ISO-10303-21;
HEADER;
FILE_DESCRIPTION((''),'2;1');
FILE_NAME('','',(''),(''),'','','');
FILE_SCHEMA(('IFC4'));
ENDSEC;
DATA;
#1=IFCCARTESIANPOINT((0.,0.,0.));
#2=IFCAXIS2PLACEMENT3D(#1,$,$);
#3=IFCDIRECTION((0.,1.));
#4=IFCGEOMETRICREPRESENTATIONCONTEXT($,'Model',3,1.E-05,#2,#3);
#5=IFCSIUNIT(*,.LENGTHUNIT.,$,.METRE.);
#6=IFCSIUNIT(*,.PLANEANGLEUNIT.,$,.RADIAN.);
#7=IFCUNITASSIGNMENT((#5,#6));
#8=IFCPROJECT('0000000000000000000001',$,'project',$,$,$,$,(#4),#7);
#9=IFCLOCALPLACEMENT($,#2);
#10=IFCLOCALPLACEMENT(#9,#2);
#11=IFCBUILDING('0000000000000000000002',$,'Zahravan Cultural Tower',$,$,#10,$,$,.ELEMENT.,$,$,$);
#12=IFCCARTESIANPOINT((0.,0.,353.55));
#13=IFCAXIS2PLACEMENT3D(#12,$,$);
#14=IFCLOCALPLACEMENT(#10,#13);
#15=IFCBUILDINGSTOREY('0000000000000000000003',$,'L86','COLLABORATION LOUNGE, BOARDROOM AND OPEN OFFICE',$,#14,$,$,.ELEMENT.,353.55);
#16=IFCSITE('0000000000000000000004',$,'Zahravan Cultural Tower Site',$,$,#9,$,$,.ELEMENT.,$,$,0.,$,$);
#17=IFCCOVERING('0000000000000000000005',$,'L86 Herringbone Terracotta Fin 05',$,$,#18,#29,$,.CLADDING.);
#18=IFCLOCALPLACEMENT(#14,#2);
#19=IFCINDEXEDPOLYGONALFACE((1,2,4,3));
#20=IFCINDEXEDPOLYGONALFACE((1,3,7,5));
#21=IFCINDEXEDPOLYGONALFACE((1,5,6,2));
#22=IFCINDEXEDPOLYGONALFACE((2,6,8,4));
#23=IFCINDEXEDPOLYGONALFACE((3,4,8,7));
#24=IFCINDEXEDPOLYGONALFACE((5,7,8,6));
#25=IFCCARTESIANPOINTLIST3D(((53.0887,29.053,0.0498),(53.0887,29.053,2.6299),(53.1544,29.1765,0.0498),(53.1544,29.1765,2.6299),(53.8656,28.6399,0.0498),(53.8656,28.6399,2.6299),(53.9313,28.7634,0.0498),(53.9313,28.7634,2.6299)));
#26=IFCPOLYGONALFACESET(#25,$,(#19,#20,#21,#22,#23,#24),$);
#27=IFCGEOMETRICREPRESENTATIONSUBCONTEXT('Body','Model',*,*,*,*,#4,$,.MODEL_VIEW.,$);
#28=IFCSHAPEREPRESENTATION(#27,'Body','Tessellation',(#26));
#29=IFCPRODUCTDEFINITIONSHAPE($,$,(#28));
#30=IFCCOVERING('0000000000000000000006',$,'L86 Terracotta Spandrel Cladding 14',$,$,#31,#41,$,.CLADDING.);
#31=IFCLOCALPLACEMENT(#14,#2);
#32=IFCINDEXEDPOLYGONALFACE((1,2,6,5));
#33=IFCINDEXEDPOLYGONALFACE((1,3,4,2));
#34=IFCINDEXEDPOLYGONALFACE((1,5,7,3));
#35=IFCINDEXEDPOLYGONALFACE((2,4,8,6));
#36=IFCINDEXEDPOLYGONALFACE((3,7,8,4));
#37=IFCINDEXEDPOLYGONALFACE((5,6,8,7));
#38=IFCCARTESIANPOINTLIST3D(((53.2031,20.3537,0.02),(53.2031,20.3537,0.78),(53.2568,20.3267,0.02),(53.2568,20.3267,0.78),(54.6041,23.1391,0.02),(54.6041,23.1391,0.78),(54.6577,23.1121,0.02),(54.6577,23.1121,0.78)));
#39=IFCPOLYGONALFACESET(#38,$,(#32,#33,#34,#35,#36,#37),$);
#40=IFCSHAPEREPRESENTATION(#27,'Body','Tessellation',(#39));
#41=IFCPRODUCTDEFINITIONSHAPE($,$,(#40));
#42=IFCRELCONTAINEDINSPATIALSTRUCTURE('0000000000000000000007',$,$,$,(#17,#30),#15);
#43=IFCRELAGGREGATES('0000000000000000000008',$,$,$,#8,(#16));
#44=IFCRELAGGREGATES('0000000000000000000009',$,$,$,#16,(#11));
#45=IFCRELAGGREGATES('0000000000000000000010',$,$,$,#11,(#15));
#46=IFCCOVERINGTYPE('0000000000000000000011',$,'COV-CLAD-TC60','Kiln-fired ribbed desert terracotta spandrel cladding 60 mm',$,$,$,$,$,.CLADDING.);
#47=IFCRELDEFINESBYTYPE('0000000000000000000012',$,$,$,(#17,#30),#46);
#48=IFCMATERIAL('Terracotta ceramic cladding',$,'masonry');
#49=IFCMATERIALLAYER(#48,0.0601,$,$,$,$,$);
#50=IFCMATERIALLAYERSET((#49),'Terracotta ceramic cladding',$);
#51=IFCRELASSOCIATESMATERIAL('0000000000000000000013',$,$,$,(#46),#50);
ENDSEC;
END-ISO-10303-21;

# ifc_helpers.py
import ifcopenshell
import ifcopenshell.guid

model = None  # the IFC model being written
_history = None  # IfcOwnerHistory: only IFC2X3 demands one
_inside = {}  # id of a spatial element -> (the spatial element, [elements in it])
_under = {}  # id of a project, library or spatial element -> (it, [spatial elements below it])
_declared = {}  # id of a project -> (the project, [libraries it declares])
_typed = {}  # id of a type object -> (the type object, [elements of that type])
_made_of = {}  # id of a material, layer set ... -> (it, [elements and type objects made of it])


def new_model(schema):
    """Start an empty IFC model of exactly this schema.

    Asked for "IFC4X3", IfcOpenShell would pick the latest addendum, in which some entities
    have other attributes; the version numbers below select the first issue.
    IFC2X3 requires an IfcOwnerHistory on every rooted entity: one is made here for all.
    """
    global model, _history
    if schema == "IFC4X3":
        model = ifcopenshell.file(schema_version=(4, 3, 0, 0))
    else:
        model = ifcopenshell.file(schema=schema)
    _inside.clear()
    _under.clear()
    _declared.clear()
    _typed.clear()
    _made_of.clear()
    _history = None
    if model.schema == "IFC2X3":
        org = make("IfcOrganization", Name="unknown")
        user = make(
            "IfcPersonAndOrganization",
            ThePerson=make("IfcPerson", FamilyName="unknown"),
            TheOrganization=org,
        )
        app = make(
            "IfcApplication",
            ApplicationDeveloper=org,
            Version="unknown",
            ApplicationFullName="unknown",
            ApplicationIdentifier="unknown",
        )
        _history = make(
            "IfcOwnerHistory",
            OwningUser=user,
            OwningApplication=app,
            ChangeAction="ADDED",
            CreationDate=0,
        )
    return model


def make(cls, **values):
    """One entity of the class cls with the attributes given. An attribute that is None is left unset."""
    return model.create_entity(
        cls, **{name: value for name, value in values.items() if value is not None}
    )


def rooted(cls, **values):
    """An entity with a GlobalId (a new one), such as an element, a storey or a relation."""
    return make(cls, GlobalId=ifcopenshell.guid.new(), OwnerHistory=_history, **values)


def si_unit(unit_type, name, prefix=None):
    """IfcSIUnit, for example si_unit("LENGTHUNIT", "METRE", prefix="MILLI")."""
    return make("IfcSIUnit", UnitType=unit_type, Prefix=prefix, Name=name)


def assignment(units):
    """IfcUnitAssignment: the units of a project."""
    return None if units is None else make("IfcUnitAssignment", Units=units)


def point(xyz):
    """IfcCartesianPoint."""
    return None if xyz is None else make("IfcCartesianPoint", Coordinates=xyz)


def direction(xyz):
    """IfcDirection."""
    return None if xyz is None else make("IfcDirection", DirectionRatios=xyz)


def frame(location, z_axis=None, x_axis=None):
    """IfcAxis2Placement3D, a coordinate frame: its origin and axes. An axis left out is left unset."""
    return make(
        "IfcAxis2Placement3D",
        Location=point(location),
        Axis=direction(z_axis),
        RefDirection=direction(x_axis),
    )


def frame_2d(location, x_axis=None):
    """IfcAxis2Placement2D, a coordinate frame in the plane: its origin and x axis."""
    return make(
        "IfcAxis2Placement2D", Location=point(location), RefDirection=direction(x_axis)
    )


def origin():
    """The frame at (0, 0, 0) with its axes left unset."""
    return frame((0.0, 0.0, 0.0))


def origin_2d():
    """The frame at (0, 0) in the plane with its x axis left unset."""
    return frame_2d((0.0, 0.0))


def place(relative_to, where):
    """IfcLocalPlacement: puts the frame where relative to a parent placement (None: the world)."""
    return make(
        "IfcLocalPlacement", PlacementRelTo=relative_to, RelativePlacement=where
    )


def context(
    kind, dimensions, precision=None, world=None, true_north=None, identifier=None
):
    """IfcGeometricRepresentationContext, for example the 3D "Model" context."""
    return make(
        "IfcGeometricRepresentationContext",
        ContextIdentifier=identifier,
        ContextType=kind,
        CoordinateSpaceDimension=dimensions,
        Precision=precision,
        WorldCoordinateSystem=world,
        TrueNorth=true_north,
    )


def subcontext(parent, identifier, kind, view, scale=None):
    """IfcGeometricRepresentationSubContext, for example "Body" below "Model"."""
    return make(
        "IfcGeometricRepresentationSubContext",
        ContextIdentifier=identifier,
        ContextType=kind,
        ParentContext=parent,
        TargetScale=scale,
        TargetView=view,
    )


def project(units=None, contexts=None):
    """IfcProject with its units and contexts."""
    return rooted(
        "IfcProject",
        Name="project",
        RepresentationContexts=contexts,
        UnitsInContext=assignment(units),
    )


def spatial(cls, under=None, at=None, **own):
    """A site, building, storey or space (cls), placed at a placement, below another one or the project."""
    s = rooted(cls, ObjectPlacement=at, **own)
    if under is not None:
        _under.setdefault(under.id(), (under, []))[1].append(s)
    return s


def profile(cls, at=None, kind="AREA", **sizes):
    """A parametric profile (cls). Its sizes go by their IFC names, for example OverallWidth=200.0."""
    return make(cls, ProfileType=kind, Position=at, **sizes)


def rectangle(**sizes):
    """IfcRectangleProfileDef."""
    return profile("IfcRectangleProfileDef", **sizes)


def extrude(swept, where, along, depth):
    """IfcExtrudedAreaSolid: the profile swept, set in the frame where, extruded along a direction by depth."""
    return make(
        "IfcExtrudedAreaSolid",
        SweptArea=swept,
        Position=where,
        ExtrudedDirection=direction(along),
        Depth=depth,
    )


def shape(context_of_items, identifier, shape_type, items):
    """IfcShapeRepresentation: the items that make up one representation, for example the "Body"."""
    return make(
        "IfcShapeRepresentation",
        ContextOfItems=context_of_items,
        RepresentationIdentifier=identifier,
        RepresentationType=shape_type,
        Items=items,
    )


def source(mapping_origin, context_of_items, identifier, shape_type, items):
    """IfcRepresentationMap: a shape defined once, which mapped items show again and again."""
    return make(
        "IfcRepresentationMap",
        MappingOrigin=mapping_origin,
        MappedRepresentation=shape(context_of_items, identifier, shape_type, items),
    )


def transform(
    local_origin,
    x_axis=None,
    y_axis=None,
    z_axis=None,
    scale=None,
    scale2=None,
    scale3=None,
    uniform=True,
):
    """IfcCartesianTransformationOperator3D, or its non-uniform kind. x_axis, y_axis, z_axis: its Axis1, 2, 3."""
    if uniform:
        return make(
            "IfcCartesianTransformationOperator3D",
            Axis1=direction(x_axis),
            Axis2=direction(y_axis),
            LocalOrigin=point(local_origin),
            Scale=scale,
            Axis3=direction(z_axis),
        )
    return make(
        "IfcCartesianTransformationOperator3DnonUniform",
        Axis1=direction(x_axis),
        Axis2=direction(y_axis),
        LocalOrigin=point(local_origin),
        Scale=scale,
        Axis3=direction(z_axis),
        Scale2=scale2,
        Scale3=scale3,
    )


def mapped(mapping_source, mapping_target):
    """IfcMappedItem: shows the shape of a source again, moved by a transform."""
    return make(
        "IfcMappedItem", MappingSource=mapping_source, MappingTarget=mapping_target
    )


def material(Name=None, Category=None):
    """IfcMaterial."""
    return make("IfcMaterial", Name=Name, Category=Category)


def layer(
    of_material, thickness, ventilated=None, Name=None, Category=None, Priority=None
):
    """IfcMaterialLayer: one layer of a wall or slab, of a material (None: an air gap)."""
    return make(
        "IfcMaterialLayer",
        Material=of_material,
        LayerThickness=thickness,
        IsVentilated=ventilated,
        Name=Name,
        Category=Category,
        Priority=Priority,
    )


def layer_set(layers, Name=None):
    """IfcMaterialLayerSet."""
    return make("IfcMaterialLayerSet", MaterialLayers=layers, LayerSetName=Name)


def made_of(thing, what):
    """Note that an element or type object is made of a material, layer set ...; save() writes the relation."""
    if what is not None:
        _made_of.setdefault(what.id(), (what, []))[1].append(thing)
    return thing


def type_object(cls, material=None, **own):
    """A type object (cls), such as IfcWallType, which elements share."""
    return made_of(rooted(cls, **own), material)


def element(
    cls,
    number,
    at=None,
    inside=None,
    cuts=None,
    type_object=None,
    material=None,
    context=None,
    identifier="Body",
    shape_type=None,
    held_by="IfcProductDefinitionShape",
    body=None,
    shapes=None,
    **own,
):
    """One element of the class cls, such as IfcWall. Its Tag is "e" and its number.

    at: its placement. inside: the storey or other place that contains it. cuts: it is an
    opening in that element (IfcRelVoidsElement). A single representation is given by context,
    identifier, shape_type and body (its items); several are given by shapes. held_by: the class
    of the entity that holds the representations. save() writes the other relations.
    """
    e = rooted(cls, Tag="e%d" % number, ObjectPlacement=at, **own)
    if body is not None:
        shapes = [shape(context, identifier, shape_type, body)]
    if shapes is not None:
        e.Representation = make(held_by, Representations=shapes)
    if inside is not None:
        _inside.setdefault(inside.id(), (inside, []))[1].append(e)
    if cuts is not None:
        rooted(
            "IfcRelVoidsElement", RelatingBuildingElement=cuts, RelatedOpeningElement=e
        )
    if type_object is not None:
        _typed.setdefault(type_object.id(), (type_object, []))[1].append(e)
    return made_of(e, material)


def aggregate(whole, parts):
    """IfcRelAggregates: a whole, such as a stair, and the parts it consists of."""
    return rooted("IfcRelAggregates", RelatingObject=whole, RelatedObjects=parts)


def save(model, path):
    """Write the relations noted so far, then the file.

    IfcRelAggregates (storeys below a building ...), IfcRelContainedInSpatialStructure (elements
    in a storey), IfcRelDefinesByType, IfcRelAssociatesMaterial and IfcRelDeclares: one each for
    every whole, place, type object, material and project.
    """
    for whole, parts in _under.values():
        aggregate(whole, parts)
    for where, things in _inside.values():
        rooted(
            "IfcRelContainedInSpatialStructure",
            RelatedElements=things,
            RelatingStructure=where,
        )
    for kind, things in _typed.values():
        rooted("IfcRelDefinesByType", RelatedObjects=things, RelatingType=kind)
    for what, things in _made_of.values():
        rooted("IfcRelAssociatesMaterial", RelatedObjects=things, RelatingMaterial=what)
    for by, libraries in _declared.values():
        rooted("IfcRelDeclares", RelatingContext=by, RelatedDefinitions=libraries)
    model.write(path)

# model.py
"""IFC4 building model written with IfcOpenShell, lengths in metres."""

from ifc_helpers import new_model, si_unit, direction, frame, origin, origin_2d, place, context, subcontext, project, spatial, rectangle, extrude, source, transform, mapped, material, layer, layer_set, type_object, element, save


model = new_model("IFC4")

# Units and contexts
model_context = context("Model", 3, precision=1e-05, world=origin(), true_north=direction((0.0, 1.0)))
body_context = subcontext(model_context, "Body", "Model", "MODEL_VIEW")
ifc_project = project(units=[si_unit("LENGTHUNIT", "METRE"), si_unit("PLANEANGLEUNIT", "RADIAN")], contexts=[model_context])

# Site, building, storey
site_placement = place(None, origin())
site = spatial("IfcSite", under=ifc_project, at=site_placement, Name="Zahravan Cultural Tower Site", CompositionType="ELEMENT", RefElevation=0.0)
building_placement = place(site_placement, origin())
building = spatial("IfcBuilding", under=site, at=building_placement, Name="Zahravan Cultural Tower", CompositionType="ELEMENT")
storey_placement = place(building_placement, frame((0.0, 0.0, 353.55)))
storey = spatial("IfcBuildingStorey", under=building, at=storey_placement, Name="L86", Description="COLLABORATION LOUNGE, BOARDROOM AND OPEN OFFICE", CompositionType="ELEMENT", Elevation=353.55)

# Coverings
ifc_material_1 = material(Name="Terracotta ceramic cladding", Category="masonry")
ifc_layer_1 = layer(ifc_material_1, 0.0601)
ifc_layer_set_1 = layer_set([ifc_layer_1], Name="Terracotta ceramic cladding")
covering_type = type_object("IfcCoveringType", Name="COV-CLAD-TC60", Description="Kiln-fired ribbed desert terracotta spandrel cladding 60 mm", PredefinedType="CLADDING", material=ifc_layer_set_1)
shared_shape_1 = source(origin(), body_context, "Body", "SweptSolid", [
    extrude(rectangle(XDim=0.8799, YDim=0.1399, at=origin_2d()), origin(), (0.0, 0.0, 1.0), 2.5801),
])
covering_1_placement = place(storey_placement, frame((53.51, 28.9082, 0.0498), z_axis=(0.0, 0.0, 1.0), x_axis=(0.882948, -0.469472, 0.0)))
element("IfcCovering", 1, at=covering_1_placement, inside=storey, type_object=covering_type, Name="L86 Herringbone Terracotta Fin 05", PredefinedType="CLADDING", context=body_context, shape_type="MappedRepresentation", body=[
    mapped(shared_shape_1, transform((0.0, 0.0, 0.0), x_axis=(1.0, 0.0, 0.0), y_axis=(0.0, 1.0, 0.0), z_axis=(0.0, 0.0, 1.0), scale=1.0)),
])
shared_shape_2 = source(origin(), body_context, "Body", "SweptSolid", [
    extrude(rectangle(XDim=3.1179, YDim=0.0601, at=origin_2d()), origin(), (0.0, 0.0, 1.0), 0.76),
])
covering_2_placement = place(storey_placement, frame((53.9304, 21.7329, 0.02), z_axis=(0.0, 0.0, 1.0), x_axis=(-0.449319, -0.893371, 0.0)))
element("IfcCovering", 2, at=covering_2_placement, inside=storey, type_object=covering_type, Name="L86 Terracotta Spandrel Cladding 14", PredefinedType="CLADDING", context=body_context, shape_type="MappedRepresentation", body=[
    mapped(shared_shape_2, transform((0.0, 0.0, 0.0), x_axis=(1.0, 0.0, 0.0), y_axis=(0.0, 1.0, 0.0), z_axis=(0.0, 0.0, 1.0), scale=1.0)),
])

save(model, "model.ifc")
